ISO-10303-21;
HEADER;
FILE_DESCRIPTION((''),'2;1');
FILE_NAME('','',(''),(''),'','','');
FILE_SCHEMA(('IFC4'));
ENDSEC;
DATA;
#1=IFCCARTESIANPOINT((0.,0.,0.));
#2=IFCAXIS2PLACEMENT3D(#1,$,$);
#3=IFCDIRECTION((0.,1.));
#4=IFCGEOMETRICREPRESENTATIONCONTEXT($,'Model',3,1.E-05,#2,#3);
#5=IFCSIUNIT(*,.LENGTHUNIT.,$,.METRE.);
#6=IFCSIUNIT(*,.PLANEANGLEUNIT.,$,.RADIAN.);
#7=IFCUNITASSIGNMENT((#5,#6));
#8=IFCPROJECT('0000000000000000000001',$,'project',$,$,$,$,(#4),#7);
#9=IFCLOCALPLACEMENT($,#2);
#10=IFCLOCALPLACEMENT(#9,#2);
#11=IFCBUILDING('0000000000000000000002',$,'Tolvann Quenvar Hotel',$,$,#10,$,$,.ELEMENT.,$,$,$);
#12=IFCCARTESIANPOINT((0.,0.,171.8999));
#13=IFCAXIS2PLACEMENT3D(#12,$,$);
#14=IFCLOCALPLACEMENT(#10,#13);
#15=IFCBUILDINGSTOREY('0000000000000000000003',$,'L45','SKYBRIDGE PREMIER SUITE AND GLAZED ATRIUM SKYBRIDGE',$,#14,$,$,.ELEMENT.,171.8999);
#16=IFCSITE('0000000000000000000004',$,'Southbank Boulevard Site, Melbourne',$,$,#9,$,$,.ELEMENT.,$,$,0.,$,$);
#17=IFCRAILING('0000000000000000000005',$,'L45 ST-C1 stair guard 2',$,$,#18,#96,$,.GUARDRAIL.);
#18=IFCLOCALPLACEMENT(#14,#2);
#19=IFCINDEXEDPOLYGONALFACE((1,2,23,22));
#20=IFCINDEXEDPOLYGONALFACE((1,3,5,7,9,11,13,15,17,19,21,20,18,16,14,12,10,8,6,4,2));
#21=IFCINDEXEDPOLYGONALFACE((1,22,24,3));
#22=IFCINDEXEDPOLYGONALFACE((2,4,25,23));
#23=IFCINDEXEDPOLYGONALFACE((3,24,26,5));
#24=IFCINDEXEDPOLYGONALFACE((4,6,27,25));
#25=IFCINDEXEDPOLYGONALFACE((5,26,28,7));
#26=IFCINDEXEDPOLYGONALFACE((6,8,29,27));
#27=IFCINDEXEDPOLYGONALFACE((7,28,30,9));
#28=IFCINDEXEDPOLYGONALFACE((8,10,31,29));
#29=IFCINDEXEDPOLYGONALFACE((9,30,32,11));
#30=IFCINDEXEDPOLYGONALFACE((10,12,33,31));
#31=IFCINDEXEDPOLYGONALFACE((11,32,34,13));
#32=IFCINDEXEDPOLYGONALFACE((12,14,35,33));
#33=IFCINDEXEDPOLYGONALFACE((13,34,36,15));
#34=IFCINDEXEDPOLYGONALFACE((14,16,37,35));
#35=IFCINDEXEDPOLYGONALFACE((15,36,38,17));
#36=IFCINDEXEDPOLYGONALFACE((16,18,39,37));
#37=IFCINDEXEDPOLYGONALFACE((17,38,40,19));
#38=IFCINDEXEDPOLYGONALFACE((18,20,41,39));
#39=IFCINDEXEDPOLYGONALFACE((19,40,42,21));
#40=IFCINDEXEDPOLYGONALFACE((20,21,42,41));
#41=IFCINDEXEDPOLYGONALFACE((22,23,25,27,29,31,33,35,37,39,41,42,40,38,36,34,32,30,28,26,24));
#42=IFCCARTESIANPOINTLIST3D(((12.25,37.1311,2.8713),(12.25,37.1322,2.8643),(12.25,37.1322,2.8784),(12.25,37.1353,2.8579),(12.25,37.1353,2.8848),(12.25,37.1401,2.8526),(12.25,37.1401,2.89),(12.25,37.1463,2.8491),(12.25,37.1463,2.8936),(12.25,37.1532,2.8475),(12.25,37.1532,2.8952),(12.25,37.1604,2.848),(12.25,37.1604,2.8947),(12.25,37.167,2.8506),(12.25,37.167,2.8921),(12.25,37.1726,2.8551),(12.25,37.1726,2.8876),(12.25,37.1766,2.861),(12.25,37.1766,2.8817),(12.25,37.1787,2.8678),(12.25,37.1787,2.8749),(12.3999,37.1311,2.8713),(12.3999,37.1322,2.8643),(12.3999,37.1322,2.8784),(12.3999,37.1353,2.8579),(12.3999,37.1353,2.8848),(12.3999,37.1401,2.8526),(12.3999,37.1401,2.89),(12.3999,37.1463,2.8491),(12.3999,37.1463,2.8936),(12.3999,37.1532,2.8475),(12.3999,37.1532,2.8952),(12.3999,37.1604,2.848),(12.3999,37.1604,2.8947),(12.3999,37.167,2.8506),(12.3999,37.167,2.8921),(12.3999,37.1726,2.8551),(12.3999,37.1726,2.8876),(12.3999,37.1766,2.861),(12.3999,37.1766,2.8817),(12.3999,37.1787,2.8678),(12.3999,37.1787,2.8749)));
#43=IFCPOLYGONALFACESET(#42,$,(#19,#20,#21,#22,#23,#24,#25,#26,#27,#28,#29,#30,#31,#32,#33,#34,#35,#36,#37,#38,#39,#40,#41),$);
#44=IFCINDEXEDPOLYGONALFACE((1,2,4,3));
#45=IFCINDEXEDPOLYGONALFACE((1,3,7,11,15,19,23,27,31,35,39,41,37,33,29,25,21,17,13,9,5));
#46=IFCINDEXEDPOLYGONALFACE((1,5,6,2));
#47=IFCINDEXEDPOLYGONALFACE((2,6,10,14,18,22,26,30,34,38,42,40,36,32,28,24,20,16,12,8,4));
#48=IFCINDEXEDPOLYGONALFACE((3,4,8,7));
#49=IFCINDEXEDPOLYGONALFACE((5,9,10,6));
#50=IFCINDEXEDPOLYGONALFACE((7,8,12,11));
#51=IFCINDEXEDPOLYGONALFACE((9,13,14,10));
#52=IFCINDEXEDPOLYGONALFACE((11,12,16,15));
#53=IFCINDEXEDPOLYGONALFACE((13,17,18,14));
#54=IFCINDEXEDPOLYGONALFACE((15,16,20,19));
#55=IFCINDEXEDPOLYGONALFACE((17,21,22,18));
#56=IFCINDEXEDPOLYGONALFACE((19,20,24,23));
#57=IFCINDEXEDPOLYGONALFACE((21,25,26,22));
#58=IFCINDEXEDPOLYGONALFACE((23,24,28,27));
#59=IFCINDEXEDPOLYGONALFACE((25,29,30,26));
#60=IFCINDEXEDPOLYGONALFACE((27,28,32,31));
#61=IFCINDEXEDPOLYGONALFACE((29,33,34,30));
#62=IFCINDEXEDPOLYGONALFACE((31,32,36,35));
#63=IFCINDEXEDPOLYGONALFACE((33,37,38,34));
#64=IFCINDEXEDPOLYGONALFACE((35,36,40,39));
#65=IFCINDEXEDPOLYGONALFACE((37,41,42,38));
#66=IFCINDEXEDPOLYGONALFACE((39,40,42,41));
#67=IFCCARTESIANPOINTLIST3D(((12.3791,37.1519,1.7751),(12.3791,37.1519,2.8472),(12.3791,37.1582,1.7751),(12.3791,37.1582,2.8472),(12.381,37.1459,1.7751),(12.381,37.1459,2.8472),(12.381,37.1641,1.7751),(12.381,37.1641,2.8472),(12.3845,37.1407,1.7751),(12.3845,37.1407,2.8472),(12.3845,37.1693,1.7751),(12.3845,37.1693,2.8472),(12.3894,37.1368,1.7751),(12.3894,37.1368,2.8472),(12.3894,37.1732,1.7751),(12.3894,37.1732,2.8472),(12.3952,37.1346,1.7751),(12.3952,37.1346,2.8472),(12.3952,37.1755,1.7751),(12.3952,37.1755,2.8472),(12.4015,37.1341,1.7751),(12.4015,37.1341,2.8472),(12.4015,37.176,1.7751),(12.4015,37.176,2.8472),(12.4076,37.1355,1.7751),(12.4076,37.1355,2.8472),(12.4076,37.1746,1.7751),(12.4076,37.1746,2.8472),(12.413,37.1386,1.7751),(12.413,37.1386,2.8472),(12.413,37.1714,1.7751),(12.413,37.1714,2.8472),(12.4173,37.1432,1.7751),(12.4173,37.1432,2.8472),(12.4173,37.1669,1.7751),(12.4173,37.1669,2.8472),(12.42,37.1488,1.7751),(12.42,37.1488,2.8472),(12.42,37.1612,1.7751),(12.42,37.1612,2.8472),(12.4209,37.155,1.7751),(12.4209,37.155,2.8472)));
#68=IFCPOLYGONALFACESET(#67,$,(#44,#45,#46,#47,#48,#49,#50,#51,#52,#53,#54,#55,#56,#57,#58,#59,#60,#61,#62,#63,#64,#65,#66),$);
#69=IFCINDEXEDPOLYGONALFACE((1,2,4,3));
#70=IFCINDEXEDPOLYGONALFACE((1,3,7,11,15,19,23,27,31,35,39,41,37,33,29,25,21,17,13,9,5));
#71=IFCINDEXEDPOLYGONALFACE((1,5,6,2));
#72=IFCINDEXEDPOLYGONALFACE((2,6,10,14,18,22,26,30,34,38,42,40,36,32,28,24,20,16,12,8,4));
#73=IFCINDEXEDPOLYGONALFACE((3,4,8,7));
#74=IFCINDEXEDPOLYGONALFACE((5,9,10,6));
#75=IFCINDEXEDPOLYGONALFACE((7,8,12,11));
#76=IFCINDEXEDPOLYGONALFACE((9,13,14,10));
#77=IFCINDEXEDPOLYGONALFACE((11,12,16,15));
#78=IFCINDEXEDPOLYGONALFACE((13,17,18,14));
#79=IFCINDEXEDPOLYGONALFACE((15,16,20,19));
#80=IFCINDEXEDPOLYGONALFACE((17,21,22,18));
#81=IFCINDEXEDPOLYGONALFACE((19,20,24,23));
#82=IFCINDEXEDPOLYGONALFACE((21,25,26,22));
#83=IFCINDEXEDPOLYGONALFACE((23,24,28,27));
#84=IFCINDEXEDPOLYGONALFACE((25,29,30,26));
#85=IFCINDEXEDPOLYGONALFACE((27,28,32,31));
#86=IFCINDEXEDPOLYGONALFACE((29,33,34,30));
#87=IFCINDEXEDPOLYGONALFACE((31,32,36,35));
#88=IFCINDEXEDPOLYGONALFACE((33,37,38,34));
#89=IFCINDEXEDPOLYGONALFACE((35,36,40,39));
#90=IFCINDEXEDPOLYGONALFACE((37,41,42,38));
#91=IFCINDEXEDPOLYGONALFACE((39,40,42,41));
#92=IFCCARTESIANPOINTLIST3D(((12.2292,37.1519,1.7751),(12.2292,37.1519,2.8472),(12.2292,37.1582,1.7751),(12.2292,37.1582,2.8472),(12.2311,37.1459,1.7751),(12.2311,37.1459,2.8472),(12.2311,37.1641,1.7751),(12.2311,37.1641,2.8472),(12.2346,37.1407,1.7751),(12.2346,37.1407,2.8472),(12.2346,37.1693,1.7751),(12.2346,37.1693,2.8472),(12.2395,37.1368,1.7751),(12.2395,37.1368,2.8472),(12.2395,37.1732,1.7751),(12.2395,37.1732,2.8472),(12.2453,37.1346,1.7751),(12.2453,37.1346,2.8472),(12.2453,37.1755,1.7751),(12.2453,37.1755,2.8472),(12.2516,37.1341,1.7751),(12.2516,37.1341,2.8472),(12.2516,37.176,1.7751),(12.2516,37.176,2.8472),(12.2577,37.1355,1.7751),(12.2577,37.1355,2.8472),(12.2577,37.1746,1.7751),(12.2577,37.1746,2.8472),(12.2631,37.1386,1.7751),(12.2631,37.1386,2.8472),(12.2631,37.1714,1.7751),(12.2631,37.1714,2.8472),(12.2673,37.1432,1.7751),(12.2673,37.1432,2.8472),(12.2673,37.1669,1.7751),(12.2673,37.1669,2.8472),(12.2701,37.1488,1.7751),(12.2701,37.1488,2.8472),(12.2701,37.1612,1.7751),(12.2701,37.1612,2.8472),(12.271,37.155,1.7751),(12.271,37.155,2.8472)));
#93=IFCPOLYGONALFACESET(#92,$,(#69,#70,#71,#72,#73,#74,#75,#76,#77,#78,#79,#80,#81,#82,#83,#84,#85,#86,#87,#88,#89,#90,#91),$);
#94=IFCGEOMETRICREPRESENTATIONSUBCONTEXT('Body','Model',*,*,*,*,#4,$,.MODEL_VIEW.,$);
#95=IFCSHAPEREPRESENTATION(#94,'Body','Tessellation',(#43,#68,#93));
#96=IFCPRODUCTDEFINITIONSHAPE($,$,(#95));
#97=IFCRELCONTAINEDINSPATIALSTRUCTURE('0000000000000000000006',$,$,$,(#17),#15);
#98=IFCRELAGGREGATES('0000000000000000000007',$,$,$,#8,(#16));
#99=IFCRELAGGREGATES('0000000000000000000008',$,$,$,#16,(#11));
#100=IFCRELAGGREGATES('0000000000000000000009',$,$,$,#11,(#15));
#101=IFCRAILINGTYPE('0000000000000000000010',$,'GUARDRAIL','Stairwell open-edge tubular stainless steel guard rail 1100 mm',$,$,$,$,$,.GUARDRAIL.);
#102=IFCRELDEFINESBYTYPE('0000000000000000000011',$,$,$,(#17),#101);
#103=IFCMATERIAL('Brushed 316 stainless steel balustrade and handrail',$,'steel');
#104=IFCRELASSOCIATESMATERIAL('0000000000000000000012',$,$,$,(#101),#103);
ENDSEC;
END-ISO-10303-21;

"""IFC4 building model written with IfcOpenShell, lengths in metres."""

from ifc_helpers import new_model, si_unit, direction, frame, origin, origin_2d, place, context, subcontext, project, spatial, circle, extrude, material, type_object, element, save


model = new_model("IFC4")

# Units and contexts
model_context = context("Model", 3, precision=1e-05, world=origin(), true_north=direction((0.0, 1.0)))
body_context = subcontext(model_context, "Body", "Model", "MODEL_VIEW")
ifc_project = project(units=[si_unit("LENGTHUNIT", "METRE"), si_unit("PLANEANGLEUNIT", "RADIAN")], contexts=[model_context])

# Site, building, storey
site_placement = place(None, origin())
site = spatial("IfcSite", under=ifc_project, at=site_placement, Name="Southbank Boulevard Site, Melbourne", CompositionType="ELEMENT", RefElevation=0.0)
building_placement = place(site_placement, origin())
building = spatial("IfcBuilding", under=site, at=building_placement, Name="Tolvann Quenvar Hotel", CompositionType="ELEMENT")
storey_placement = place(building_placement, frame((0.0, 0.0, 171.8999)))
storey = spatial("IfcBuildingStorey", under=building, at=storey_placement, Name="L45", Description="SKYBRIDGE PREMIER SUITE AND GLAZED ATRIUM SKYBRIDGE", CompositionType="ELEMENT", Elevation=171.8999)

# Railing
ifc_material_1 = material(Name="Brushed 316 stainless steel balustrade and handrail", Category="steel")
railing_type_1 = type_object("IfcRailingType", Name="GUARDRAIL", Description="Stairwell open-edge tubular stainless steel guard rail 1100 mm", PredefinedType="GUARDRAIL", material=ifc_material_1)
railing_1_placement = place(storey_placement, frame((12.3999, 37.155, 1.7751)))
element("IfcRailing", 1, at=railing_1_placement, inside=storey, type_object=railing_type_1, Name="L45 ST-C1 stair guard 2", PredefinedType="GUARDRAIL", context=body_context, shape_type="SweptSolid", body=[
    extrude(circle(Radius=0.0239, at=origin_2d()), frame((0.0, 0.0, 1.0962), z_axis=(-1.0, 0.0, 0.0), x_axis=(0.0, -1.0, 0.0)), (0.0, 0.0, 1.0), 0.1499),
    extrude(circle(Radius=0.021, at=origin_2d()), origin(), (0.0, 0.0, 1.0), 1.072),
    extrude(circle(Radius=0.021, at=origin_2d()), frame((-0.1499, 0.0, 0.0)), (0.0, 0.0, 1.0), 1.072),
])

save(model, "model.ifc")
